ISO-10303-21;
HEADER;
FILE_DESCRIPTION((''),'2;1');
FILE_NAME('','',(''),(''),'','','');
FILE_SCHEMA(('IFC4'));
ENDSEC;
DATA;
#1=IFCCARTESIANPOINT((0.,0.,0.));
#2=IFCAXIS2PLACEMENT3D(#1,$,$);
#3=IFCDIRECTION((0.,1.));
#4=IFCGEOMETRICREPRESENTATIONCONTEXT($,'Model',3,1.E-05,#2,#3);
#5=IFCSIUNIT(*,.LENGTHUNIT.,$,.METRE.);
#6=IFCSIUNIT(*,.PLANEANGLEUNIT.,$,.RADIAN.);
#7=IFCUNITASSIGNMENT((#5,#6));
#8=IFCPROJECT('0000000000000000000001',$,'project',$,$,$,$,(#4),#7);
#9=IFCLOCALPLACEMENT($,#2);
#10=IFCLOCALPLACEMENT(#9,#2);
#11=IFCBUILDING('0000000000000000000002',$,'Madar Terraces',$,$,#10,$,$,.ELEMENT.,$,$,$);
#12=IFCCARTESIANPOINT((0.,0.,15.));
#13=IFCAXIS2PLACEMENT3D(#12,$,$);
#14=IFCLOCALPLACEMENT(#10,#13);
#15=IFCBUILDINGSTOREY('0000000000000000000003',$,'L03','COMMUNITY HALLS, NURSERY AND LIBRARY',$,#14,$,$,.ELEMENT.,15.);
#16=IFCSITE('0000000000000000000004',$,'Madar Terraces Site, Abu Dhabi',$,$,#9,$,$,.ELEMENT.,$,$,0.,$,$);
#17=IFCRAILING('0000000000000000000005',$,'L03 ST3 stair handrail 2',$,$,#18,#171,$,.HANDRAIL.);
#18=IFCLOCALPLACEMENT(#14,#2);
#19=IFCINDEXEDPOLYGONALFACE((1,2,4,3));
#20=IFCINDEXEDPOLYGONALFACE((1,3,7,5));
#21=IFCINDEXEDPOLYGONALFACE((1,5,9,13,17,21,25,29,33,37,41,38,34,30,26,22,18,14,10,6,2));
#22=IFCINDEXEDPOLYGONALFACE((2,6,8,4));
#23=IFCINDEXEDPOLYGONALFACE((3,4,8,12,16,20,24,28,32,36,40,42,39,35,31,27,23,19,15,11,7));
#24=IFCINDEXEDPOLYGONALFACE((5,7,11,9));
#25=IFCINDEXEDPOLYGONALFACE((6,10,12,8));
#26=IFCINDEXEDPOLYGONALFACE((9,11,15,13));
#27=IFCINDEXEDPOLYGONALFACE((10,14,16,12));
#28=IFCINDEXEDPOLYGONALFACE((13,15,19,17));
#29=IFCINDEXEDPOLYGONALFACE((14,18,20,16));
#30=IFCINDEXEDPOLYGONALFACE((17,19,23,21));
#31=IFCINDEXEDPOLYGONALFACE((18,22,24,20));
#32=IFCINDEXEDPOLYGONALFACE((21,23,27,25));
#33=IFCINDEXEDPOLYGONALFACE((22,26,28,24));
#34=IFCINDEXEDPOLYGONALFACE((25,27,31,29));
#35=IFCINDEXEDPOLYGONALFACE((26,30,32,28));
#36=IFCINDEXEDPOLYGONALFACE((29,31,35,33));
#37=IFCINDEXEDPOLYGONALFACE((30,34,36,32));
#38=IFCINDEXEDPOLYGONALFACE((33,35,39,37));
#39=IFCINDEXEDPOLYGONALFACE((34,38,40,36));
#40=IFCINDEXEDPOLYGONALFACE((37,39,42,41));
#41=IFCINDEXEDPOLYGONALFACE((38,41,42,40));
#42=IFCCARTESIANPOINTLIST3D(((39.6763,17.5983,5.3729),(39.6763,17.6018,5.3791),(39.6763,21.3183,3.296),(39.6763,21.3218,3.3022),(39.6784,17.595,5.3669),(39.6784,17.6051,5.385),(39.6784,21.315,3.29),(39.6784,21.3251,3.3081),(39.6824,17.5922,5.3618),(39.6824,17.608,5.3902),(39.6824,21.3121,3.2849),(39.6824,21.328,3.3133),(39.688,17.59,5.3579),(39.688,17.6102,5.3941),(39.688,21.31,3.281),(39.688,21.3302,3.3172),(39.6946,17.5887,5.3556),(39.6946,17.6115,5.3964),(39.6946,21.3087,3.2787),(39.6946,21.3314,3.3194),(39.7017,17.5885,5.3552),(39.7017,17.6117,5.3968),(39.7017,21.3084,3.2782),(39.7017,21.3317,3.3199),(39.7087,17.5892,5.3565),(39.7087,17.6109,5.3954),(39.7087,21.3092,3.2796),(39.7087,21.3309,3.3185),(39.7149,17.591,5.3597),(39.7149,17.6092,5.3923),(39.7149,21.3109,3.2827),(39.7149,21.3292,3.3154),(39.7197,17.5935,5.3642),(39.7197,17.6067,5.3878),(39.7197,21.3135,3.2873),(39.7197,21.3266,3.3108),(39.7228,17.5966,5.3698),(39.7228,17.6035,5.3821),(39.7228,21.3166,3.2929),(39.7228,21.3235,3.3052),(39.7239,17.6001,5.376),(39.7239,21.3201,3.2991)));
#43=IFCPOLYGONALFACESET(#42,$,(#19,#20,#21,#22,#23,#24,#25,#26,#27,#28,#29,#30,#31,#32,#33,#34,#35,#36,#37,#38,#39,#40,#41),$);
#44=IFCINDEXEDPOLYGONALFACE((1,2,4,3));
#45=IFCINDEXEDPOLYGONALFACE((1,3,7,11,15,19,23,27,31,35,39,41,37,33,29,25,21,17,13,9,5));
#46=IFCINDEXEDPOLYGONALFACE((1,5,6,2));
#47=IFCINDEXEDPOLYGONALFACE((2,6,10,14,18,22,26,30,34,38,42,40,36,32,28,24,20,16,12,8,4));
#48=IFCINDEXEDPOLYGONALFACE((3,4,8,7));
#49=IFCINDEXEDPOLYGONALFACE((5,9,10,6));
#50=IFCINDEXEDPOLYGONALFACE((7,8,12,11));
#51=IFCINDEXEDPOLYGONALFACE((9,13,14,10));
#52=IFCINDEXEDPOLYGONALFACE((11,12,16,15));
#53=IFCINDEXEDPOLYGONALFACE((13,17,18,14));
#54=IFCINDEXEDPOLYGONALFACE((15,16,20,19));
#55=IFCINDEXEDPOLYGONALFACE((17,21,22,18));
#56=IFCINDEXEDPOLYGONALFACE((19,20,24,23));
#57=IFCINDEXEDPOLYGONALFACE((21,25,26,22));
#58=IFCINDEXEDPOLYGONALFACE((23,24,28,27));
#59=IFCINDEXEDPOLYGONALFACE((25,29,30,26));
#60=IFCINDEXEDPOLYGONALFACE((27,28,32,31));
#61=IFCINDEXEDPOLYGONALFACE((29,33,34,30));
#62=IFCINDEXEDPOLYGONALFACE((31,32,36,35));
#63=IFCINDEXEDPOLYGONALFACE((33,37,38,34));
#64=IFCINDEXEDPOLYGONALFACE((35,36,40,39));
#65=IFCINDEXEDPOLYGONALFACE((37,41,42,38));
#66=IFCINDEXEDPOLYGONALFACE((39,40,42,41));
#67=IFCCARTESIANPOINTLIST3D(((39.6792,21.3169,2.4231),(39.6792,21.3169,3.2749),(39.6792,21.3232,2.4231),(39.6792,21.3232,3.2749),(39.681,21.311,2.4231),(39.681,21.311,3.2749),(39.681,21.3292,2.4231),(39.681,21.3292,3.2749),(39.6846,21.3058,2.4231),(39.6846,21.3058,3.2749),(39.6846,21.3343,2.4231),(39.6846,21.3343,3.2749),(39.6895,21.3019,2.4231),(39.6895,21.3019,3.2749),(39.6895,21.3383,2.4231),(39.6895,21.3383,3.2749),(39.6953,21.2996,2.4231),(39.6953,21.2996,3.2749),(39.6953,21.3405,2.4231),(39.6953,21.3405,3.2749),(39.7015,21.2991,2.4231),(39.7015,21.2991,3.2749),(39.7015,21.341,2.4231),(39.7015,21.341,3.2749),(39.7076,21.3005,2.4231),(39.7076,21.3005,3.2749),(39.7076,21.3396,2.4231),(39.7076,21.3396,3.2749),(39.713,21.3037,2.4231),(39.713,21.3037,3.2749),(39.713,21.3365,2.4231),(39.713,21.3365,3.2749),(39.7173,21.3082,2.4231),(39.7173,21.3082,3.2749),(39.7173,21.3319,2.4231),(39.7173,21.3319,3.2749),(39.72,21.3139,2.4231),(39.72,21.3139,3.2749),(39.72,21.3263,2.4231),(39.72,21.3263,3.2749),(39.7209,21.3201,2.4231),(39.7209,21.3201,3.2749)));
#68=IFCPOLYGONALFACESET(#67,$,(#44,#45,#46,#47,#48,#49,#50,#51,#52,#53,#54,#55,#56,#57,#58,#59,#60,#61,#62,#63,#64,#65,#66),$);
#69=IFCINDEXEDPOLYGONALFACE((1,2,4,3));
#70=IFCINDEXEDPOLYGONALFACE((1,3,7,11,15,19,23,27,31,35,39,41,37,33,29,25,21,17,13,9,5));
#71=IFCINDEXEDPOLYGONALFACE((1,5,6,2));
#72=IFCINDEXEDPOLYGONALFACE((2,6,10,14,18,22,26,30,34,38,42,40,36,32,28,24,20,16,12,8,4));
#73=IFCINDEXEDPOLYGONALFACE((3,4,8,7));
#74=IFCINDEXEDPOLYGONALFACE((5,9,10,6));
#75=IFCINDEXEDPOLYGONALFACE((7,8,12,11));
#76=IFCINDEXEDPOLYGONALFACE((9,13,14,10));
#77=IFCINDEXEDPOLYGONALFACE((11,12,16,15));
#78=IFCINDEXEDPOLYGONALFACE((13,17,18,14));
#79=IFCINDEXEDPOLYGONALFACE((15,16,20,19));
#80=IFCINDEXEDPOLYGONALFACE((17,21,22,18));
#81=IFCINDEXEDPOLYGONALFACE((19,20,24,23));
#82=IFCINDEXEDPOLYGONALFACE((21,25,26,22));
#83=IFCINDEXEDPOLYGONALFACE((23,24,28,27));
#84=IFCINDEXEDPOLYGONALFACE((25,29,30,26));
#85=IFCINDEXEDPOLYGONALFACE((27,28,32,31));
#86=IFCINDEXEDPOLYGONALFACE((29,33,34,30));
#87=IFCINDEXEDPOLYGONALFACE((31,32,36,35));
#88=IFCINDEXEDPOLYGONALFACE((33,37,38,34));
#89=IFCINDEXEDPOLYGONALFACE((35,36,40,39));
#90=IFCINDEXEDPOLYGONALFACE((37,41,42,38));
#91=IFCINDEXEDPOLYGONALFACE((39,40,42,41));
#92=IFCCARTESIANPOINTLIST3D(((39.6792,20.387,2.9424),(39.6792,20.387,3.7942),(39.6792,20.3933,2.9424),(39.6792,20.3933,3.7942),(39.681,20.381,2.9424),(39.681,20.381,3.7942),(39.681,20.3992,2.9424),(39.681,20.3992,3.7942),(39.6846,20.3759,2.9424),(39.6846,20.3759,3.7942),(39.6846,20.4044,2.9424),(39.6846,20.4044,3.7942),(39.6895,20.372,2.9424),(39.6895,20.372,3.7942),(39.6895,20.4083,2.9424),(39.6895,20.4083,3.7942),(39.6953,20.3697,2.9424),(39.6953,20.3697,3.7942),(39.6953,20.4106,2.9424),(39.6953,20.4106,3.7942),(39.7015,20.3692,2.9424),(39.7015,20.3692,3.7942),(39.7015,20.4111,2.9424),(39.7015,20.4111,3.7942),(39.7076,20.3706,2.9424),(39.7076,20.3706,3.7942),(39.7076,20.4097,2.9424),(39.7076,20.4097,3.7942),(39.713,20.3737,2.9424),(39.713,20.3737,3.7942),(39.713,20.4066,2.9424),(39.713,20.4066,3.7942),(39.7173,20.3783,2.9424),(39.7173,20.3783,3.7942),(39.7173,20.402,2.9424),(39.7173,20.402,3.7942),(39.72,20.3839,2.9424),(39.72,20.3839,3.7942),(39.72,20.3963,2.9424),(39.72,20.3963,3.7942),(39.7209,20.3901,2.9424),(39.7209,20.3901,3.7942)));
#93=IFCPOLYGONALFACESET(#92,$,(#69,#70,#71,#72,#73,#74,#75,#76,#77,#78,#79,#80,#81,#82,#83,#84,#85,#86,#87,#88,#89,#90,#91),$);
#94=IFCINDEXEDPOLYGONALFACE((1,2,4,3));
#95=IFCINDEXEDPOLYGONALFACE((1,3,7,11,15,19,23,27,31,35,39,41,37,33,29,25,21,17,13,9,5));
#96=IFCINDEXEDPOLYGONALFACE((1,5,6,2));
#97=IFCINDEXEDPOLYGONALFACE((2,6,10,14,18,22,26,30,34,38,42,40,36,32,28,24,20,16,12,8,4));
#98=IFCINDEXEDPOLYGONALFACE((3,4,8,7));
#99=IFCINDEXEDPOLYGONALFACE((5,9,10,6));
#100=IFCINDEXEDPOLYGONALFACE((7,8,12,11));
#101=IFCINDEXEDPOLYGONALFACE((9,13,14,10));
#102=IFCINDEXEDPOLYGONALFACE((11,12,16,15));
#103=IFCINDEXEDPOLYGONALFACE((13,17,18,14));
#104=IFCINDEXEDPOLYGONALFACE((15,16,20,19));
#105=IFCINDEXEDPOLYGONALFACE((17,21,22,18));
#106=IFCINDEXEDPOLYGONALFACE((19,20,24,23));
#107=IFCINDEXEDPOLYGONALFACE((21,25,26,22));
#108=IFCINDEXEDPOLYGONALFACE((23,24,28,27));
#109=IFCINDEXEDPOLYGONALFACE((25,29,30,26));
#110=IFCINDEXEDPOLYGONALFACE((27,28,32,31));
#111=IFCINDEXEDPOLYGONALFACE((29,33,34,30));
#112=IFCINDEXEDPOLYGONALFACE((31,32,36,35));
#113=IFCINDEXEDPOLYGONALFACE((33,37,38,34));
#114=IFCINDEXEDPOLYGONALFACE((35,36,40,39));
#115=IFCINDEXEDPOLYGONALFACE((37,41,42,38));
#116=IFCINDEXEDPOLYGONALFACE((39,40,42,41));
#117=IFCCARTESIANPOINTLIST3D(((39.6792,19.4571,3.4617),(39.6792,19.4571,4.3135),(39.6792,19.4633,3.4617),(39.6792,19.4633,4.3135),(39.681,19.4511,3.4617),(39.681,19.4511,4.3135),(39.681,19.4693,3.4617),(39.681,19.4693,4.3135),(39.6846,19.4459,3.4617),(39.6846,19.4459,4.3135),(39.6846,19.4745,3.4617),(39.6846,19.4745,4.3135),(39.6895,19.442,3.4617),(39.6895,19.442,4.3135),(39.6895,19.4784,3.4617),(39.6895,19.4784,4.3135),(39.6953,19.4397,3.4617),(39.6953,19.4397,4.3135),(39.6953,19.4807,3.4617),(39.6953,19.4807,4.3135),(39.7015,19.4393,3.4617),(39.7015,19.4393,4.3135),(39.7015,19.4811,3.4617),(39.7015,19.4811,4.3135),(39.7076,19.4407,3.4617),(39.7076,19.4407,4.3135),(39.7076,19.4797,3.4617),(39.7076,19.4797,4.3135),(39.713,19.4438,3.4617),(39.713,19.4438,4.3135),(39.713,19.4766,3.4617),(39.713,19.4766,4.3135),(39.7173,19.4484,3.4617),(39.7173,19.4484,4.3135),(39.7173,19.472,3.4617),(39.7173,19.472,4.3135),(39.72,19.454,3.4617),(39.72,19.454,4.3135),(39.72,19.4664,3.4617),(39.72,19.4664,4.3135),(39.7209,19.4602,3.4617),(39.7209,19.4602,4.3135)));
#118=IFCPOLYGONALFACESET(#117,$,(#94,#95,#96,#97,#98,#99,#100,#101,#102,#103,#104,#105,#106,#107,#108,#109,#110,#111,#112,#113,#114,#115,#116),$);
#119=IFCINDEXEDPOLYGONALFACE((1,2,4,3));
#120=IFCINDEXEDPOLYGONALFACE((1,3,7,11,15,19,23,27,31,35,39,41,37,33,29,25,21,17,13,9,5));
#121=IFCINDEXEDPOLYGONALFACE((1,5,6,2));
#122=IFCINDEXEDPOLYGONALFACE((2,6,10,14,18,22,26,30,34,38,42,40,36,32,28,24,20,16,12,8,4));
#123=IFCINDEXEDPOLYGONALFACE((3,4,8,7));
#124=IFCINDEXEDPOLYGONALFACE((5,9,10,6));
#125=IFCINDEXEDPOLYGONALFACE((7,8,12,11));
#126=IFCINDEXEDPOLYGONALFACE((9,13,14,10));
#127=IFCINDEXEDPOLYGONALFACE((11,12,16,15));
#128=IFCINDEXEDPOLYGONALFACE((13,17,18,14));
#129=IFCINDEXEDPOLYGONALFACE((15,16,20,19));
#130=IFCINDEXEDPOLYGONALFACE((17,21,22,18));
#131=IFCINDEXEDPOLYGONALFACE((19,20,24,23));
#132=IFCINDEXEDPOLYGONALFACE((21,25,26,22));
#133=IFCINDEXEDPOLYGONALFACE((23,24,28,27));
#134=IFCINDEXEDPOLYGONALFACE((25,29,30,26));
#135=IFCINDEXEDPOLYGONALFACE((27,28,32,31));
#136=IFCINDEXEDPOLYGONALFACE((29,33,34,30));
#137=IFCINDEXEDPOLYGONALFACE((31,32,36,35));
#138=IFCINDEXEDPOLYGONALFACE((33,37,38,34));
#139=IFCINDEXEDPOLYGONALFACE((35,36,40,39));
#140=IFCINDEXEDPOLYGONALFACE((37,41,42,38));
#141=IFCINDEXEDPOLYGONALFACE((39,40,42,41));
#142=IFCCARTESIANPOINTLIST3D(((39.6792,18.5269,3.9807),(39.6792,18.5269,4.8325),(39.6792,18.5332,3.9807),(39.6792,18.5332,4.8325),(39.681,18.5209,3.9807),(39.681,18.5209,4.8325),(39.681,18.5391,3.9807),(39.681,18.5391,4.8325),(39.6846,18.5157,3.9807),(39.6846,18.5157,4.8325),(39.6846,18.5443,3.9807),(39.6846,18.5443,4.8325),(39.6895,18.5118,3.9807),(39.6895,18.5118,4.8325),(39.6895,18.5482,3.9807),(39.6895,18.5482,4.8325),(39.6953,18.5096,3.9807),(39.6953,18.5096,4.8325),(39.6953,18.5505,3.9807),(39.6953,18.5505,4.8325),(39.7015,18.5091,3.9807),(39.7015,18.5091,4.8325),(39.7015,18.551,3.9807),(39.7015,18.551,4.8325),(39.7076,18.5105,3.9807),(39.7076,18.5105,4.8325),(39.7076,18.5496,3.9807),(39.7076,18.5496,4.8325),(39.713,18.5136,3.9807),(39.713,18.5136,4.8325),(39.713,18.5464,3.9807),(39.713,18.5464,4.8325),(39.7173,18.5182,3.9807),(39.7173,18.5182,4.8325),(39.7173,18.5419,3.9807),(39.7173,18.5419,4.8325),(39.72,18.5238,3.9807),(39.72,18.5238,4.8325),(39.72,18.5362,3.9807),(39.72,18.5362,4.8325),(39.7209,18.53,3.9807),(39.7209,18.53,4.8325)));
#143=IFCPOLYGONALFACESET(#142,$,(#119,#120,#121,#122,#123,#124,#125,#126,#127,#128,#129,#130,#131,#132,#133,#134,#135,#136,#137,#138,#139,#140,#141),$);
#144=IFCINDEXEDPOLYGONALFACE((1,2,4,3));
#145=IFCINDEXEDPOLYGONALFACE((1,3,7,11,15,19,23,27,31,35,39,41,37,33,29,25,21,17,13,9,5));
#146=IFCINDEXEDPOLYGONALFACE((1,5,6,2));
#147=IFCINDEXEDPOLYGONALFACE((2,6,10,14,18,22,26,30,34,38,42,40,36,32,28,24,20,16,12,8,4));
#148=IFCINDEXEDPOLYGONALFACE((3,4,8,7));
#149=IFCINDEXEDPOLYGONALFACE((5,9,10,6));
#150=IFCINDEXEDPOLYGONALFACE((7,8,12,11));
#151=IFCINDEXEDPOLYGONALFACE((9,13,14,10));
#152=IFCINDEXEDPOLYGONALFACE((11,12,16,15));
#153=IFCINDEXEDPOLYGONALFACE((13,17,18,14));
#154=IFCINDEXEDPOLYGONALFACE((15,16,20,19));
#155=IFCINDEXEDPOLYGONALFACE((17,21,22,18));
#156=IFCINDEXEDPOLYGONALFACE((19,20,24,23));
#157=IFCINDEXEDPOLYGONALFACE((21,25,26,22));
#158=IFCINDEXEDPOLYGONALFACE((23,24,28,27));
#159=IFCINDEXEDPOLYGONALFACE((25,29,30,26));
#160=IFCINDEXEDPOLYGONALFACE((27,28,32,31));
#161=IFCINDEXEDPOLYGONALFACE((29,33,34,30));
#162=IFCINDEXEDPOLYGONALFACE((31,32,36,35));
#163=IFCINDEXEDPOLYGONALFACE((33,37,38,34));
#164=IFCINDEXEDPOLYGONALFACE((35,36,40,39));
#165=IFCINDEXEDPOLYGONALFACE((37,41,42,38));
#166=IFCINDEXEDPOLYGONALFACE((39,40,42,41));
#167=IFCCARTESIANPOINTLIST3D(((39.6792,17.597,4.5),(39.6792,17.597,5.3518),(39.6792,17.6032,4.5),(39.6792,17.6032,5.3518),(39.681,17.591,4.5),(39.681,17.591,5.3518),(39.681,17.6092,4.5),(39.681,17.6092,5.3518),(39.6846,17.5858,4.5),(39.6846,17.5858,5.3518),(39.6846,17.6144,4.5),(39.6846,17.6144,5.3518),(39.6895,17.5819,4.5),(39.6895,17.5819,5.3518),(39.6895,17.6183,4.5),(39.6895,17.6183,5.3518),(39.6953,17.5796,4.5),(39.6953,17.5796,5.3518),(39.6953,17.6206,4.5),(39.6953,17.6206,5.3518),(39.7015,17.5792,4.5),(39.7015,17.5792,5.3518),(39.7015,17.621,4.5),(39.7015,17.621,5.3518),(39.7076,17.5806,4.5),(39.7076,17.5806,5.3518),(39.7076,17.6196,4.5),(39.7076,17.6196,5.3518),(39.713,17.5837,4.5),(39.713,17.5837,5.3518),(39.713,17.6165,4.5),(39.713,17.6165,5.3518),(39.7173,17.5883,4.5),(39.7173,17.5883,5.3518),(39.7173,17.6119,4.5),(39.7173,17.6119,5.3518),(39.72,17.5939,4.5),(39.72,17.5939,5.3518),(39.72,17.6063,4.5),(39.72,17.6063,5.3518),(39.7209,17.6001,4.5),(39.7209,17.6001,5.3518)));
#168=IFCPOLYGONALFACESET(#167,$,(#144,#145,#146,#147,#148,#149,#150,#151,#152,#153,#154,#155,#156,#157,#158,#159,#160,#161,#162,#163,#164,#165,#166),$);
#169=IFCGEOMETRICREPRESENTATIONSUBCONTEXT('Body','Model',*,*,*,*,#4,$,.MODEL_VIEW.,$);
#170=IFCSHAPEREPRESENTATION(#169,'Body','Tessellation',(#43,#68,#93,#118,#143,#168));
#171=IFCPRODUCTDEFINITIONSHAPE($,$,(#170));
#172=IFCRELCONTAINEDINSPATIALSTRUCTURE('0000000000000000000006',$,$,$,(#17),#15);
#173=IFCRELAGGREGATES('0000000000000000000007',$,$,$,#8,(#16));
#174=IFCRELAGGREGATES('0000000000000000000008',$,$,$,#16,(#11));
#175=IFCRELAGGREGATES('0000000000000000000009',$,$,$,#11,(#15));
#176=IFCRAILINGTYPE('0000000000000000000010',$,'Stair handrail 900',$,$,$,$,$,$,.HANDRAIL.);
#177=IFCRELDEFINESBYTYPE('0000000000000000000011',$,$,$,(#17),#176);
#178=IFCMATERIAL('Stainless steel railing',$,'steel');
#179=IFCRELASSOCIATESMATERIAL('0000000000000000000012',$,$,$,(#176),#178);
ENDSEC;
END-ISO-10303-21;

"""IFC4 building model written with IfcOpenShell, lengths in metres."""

from ifc_helpers import new_model, si_unit, direction, frame, origin, origin_2d, place, context, subcontext, project, spatial, circle, extrude, material, type_object, element, save


model = new_model("IFC4")

# Units and contexts
model_context = context("Model", 3, precision=1e-05, world=origin(), true_north=direction((0.0, 1.0)))
body_context = subcontext(model_context, "Body", "Model", "MODEL_VIEW")
ifc_project = project(units=[si_unit("LENGTHUNIT", "METRE"), si_unit("PLANEANGLEUNIT", "RADIAN")], contexts=[model_context])

# Site, building, storey
site_placement = place(None, origin())
site = spatial("IfcSite", under=ifc_project, at=site_placement, Name="Madar Terraces Site, Abu Dhabi", CompositionType="ELEMENT", RefElevation=0.0)
building_placement = place(site_placement, origin())
building = spatial("IfcBuilding", under=site, at=building_placement, Name="Madar Terraces", CompositionType="ELEMENT")
storey_placement = place(building_placement, frame((0.0, 0.0, 15.0)))
storey = spatial("IfcBuildingStorey", under=building, at=storey_placement, Name="L03", Description="COMMUNITY HALLS, NURSERY AND LIBRARY", CompositionType="ELEMENT", Elevation=15.0)

# Railing
ifc_material_1 = material(Name="Stainless steel railing", Category="steel")
railing_type_1 = type_object("IfcRailingType", Name="Stair handrail 900", PredefinedType="HANDRAIL", material=ifc_material_1)
railing_1_placement = place(storey_placement, frame((39.7, 21.3201, 2.4231)))
element("IfcRailing", 1, at=railing_1_placement, inside=storey, type_object=railing_type_1, Name="L03 ST3 stair handrail 2", PredefinedType="HANDRAIL", context=body_context, shape_type="SweptSolid", body=[
    extrude(circle(Radius=0.0239, at=origin_2d()), frame((0.0, 0.0, 0.876), z_axis=(0.0, -0.873134, 0.487481), x_axis=(1.0, 0.0, 0.0)), (0.0, 0.0, 1.0), 4.2605),
    extrude(circle(Radius=0.021, at=origin_2d()), origin(), (0.0, 0.0, 1.0), 0.8518),
    extrude(circle(Radius=0.021, at=origin_2d()), frame((0.0, -0.9299, 0.5193)), (0.0, 0.0, 1.0), 0.8518),
    extrude(circle(Radius=0.021, at=origin_2d()), frame((0.0, -1.8599, 1.0386)), (0.0, 0.0, 1.0), 0.8518),
    extrude(circle(Radius=0.021, at=origin_2d()), frame((0.0, -2.79, 1.5576)), (0.0, 0.0, 1.0), 0.8518),
    extrude(circle(Radius=0.021, at=origin_2d()), frame((0.0, -3.72, 2.0769)), (0.0, 0.0, 1.0), 0.8518),
])

save(model, "model.ifc")
